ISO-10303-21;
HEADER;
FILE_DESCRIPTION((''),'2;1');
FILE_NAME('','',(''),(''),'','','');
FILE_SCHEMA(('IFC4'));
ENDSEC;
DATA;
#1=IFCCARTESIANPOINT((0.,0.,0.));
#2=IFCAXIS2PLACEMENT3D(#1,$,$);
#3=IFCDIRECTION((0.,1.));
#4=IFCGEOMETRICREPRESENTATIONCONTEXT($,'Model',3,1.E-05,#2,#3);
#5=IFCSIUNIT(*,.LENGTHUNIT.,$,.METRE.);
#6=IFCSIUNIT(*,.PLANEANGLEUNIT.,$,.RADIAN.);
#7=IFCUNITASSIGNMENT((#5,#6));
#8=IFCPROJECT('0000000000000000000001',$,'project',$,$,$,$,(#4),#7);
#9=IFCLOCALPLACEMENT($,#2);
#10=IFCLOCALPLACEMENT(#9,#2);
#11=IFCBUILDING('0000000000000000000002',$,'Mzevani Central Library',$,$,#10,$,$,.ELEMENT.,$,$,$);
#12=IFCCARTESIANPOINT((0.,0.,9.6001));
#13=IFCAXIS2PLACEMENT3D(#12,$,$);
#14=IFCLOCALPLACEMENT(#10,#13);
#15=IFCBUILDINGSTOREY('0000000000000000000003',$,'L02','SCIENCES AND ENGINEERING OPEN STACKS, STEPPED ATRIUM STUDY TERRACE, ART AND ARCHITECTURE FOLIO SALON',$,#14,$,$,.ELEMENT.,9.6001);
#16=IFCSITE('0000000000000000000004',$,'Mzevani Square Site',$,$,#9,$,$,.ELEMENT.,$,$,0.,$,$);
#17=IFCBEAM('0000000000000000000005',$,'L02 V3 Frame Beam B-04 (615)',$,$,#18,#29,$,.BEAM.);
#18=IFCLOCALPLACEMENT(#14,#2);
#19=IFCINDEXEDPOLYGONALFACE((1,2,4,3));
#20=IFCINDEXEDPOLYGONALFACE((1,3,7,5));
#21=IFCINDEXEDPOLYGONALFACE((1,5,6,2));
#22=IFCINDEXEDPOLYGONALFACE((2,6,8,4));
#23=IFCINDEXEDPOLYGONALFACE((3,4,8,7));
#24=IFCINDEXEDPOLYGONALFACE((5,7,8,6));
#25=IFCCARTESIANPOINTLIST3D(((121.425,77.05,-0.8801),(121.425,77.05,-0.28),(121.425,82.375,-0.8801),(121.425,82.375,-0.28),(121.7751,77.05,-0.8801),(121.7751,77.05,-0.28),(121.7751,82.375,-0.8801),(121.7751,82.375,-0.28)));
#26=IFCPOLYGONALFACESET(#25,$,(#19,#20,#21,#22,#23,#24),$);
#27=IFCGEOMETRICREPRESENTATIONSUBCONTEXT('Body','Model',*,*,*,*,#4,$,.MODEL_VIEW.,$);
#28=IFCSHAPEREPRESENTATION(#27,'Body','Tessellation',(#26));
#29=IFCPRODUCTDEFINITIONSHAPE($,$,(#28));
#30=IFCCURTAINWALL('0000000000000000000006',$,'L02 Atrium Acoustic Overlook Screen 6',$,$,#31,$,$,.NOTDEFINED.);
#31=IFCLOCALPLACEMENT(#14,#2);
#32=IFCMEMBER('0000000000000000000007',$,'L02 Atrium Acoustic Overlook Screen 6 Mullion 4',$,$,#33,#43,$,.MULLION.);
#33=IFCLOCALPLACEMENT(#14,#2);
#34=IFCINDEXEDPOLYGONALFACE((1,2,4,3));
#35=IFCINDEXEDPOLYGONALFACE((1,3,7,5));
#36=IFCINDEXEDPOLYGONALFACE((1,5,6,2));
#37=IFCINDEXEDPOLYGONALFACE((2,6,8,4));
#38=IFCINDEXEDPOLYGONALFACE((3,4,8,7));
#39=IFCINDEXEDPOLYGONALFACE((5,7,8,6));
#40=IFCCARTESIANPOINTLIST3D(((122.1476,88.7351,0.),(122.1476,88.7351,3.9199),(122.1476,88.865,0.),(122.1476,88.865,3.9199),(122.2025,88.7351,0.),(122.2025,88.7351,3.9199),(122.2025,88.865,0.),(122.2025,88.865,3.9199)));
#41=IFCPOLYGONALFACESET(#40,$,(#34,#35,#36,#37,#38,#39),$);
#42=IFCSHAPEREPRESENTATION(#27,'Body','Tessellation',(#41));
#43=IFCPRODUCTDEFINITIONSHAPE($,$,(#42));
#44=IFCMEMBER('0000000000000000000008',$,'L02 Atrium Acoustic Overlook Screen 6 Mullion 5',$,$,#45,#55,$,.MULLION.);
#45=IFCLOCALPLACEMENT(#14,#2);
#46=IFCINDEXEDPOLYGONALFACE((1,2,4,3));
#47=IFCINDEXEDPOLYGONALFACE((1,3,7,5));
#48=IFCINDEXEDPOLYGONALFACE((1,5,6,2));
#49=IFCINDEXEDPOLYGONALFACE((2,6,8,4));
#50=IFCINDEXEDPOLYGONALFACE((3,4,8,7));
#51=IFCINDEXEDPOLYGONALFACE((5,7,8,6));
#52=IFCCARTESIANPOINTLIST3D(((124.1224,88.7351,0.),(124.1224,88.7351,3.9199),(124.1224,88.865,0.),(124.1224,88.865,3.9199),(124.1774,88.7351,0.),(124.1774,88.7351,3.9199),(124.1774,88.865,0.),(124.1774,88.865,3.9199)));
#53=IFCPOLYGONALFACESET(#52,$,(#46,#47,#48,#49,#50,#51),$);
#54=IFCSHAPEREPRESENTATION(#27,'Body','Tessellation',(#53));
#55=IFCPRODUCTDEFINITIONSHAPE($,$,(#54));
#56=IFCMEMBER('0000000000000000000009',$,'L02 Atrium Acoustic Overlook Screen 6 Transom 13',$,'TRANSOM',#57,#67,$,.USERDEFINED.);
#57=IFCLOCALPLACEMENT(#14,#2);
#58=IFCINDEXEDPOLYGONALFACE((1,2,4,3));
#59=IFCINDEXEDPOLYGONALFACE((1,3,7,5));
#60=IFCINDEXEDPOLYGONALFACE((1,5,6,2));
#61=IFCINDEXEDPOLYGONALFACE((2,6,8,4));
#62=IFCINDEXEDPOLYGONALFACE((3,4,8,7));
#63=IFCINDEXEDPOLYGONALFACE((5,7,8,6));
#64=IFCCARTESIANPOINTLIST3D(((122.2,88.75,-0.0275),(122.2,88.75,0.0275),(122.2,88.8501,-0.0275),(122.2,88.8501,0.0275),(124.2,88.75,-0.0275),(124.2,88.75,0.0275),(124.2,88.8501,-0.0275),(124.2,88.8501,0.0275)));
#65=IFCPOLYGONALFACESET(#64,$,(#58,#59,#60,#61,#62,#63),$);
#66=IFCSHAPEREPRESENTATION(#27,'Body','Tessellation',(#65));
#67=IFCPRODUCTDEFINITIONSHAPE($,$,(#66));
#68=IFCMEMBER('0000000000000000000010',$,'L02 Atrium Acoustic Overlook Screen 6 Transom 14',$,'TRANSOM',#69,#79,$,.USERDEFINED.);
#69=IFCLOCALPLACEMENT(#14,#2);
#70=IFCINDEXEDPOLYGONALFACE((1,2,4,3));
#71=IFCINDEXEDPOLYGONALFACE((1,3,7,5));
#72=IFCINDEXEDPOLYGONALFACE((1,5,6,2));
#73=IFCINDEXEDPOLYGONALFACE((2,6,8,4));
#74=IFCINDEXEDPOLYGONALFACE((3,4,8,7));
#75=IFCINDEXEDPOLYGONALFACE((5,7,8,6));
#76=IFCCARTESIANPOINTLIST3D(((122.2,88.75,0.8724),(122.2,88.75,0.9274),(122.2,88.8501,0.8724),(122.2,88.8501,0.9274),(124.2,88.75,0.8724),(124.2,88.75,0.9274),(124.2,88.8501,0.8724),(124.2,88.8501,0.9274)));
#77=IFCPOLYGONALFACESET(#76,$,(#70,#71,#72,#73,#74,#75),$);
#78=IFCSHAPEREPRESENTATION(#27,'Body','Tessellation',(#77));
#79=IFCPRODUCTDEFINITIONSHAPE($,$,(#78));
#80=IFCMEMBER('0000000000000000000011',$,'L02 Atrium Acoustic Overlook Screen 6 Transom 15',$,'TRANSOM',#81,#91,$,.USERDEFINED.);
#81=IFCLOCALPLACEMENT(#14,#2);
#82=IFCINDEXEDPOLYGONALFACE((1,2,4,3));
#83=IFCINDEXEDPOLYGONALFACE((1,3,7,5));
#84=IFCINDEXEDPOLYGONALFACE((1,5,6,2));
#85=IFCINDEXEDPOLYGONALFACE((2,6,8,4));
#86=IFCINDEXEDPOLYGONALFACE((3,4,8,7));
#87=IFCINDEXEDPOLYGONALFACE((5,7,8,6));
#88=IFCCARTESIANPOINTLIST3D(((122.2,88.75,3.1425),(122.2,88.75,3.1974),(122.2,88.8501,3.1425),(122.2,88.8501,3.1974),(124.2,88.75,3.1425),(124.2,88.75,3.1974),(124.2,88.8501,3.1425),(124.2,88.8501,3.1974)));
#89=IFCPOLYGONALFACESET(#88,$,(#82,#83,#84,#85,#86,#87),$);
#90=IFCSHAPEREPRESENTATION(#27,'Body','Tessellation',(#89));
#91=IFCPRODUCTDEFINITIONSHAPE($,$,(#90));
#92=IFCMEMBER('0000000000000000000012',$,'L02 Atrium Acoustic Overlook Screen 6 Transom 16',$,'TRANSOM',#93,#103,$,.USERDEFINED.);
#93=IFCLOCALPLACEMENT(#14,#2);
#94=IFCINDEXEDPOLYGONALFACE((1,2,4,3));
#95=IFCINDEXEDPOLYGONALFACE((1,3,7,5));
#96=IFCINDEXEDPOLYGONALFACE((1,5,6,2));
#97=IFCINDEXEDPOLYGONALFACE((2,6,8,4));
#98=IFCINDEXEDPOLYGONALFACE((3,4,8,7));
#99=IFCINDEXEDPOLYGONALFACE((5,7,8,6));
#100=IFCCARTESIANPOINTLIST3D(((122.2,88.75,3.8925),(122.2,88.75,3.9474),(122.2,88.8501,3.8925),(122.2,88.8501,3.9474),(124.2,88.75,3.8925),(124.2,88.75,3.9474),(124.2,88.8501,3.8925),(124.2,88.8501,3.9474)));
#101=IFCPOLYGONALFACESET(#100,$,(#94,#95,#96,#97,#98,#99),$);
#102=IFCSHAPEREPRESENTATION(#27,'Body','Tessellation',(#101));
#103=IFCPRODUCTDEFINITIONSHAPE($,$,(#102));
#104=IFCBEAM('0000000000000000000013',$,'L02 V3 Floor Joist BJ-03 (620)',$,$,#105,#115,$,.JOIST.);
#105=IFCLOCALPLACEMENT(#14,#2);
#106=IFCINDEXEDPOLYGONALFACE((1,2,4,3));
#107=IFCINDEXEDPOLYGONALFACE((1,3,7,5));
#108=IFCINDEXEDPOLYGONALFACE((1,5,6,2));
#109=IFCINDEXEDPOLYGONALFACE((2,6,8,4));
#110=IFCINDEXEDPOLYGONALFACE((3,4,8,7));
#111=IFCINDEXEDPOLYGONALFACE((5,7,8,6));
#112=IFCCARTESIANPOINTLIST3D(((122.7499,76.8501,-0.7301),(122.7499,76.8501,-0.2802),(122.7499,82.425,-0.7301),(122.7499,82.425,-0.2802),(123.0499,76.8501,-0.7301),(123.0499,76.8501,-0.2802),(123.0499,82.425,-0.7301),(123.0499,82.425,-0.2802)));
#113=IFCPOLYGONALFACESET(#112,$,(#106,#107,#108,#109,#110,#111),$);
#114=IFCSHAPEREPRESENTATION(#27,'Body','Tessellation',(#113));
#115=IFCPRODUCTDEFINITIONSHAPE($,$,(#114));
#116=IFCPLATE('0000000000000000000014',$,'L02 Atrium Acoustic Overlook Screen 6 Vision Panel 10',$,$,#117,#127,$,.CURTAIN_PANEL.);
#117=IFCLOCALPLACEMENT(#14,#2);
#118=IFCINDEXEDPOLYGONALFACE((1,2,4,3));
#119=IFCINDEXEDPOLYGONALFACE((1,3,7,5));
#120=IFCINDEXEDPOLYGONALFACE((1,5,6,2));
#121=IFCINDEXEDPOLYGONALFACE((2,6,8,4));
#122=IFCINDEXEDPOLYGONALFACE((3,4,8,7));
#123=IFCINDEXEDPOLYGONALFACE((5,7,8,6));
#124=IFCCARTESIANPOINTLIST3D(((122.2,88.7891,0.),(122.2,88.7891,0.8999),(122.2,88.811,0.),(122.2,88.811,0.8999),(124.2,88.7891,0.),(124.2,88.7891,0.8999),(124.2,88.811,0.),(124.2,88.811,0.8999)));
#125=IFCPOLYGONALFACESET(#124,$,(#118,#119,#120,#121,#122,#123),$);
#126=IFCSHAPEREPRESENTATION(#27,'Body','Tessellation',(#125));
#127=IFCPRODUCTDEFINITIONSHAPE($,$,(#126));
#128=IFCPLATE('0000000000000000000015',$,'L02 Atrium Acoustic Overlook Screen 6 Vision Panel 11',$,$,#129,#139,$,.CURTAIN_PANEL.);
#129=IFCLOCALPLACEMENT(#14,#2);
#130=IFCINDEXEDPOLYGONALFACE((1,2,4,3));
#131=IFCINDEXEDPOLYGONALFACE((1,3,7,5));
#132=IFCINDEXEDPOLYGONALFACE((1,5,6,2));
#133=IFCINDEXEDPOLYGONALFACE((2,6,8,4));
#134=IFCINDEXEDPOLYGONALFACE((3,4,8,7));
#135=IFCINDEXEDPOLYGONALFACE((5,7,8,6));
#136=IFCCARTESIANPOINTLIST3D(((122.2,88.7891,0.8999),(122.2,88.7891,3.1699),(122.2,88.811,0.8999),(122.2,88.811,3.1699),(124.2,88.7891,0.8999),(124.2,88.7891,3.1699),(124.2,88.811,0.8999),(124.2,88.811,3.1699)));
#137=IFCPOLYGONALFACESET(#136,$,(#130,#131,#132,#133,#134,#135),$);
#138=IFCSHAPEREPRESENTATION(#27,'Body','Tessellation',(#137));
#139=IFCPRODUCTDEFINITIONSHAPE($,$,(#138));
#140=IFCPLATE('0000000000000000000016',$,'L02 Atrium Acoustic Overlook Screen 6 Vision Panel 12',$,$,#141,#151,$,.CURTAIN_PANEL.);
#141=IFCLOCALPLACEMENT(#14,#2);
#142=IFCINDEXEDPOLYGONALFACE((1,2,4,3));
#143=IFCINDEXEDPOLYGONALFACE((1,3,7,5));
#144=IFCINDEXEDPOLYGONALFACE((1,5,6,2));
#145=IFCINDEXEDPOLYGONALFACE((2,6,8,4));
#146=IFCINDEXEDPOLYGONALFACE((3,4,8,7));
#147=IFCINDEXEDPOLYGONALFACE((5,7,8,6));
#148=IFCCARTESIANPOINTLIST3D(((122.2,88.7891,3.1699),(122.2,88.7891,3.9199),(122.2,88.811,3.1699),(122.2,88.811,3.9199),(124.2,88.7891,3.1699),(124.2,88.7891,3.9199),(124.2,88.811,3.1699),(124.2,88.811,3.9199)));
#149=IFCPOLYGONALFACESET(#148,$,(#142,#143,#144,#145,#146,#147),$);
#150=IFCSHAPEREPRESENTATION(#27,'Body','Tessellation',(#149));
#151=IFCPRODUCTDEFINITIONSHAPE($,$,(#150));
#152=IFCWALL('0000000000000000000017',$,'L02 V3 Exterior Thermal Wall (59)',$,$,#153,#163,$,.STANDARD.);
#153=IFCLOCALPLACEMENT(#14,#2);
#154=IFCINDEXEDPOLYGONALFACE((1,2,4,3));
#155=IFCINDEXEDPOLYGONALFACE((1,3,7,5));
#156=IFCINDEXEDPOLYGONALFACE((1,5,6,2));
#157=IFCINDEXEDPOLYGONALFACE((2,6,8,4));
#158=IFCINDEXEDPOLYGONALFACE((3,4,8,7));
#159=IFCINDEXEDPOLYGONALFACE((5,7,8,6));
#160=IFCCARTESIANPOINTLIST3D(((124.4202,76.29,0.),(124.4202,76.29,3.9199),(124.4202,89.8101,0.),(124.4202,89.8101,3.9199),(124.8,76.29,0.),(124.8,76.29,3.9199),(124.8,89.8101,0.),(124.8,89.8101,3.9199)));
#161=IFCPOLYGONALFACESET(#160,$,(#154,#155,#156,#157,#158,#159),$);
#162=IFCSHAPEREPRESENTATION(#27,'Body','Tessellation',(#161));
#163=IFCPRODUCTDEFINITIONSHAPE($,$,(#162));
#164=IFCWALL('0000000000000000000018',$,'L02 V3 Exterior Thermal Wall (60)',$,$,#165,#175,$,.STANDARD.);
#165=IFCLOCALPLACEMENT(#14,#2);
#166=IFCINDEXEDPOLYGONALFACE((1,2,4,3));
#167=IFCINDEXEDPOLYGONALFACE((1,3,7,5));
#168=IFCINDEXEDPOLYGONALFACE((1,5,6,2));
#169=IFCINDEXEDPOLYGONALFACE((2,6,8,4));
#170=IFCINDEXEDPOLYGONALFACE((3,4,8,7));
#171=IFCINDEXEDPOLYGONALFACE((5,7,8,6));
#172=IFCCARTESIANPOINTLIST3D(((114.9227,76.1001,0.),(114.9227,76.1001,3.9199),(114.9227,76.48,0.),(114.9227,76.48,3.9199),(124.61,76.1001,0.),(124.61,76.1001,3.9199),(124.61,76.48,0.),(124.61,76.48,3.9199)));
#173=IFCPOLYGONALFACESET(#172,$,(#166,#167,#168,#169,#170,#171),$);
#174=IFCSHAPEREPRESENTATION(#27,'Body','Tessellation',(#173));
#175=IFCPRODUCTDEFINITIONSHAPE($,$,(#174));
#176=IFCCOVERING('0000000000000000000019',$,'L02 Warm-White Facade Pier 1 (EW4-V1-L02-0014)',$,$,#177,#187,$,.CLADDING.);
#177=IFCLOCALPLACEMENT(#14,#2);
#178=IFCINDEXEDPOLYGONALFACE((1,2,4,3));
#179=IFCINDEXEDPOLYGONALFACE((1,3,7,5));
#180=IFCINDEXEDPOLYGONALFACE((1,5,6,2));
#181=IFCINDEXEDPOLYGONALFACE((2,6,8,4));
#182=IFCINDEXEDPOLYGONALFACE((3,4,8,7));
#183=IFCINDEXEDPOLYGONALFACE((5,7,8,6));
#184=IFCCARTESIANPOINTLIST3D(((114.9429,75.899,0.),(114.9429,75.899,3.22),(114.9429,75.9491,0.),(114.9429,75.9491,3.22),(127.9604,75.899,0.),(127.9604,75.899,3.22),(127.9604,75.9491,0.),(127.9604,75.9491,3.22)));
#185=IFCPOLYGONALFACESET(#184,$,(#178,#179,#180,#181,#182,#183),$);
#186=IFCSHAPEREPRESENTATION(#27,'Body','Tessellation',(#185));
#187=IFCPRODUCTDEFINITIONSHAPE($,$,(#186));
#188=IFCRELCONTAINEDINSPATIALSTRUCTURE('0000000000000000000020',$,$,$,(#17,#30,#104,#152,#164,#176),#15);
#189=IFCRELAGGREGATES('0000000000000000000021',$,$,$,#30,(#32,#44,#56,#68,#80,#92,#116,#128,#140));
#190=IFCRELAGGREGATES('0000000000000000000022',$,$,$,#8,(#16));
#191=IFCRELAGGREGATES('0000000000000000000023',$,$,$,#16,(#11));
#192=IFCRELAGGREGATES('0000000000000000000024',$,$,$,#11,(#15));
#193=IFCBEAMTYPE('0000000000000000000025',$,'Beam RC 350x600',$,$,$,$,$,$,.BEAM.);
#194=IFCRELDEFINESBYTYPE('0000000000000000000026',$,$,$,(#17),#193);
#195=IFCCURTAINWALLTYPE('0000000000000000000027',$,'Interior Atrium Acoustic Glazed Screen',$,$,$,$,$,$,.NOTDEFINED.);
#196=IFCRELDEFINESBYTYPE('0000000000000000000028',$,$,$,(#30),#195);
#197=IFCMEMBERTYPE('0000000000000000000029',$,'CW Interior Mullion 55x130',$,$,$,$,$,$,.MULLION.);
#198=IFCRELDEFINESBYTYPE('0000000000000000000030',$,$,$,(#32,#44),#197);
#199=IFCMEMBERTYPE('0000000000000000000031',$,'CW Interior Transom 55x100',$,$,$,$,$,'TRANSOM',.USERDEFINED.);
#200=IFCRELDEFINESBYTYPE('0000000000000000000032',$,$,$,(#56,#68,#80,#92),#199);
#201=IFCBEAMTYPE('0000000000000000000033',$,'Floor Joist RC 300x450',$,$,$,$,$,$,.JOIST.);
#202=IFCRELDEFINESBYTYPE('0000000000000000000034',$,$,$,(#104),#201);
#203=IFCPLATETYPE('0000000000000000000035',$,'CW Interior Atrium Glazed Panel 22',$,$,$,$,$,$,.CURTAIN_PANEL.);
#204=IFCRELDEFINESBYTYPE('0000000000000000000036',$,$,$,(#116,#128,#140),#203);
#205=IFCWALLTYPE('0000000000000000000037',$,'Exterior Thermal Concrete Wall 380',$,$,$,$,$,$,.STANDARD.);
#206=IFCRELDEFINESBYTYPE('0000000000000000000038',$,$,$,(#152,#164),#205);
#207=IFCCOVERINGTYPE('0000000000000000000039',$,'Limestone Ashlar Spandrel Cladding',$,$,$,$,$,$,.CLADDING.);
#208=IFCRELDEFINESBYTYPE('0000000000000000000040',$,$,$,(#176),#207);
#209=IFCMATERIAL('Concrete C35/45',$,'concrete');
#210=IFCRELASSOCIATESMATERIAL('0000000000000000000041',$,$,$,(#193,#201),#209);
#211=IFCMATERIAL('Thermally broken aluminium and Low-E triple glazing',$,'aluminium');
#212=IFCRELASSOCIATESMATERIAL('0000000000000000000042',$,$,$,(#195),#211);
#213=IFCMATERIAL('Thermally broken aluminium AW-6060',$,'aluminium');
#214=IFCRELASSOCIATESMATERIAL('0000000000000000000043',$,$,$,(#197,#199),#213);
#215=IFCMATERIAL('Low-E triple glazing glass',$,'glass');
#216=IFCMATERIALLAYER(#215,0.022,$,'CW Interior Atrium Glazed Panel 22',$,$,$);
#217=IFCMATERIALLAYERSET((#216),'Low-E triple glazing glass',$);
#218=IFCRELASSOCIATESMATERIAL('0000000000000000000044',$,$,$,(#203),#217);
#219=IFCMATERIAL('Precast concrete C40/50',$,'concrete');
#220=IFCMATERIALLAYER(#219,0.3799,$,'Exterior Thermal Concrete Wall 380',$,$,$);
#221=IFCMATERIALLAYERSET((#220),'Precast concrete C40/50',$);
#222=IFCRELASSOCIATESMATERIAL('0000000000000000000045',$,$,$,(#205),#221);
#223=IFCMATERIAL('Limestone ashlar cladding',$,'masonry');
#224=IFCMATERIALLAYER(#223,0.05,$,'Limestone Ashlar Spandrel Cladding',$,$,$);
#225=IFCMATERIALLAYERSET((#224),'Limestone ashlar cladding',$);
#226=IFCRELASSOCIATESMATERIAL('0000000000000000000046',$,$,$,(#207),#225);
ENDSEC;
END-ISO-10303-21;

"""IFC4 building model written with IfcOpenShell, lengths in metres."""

from ifc_helpers import new_model, si_unit, direction, frame, frame_2d, origin, origin_2d, place, context, subcontext, project, spatial, rectangle, extrude, material, layer, layer_set, material_profile, profile_set, type_object, element, aggregate, save


model = new_model("IFC4")

# Units and contexts
model_context = context("Model", 3, precision=1e-05, world=origin(), true_north=direction((0.0, 1.0)))
body_context = subcontext(model_context, "Body", "Model", "MODEL_VIEW")
ifc_project = project(units=[si_unit("LENGTHUNIT", "METRE"), si_unit("PLANEANGLEUNIT", "RADIAN")], contexts=[model_context])

# Site, building, storey
site_placement = place(None, origin())
site = spatial("IfcSite", under=ifc_project, at=site_placement, Name="Mzevani Square Site", CompositionType="ELEMENT", RefElevation=0.0)
building_placement = place(site_placement, origin())
building = spatial("IfcBuilding", under=site, at=building_placement, Name="Mzevani Central Library", CompositionType="ELEMENT")
storey_placement = place(building_placement, frame((0.0, 0.0, 9.6001)))
storey = spatial("IfcBuildingStorey", under=building, at=storey_placement, Name="L02", Description="SCIENCES AND ENGINEERING OPEN STACKS, STEPPED ATRIUM STUDY TERRACE, ART AND ARCHITECTURE FOLIO SALON", CompositionType="ELEMENT", Elevation=9.6001)

# Beam
ifc_material_1 = material(Name="Concrete C35/45", Category="concrete")
ifc_material_profile_1 = material_profile(ifc_material_1, rectangle(XDim=0.3501, YDim=0.6001, at=origin_2d()), Name="RC B350x600")
ifc_profile_set_1 = profile_set([ifc_material_profile_1], Name="Concrete C35/45")
beam_type_1 = type_object("IfcBeamType", Name="Beam RC 350x600", PredefinedType="BEAM", material=ifc_profile_set_1)
beam_1_placement = place(storey_placement, frame((121.6001, 77.05, -0.5801), z_axis=(0.0, 1.0, 0.0), x_axis=(-1.0, 0.0, 0.0)))
element("IfcBeam", 1, at=beam_1_placement, inside=storey, type_object=beam_type_1, Name="L02 V3 Frame Beam B-04 (615)", PredefinedType="BEAM", context=body_context, shape_type="SweptSolid", body=[
    extrude(rectangle(XDim=0.3501, YDim=0.6001, at=origin_2d()), origin(), (0.0, 0.0, 1.0), 5.325),
])

# Curtain wall, members
ifc_material_2 = material(Name="Thermally broken aluminium and Low-E triple glazing", Category="aluminium")
curtain_wall_type = type_object("IfcCurtainWallType", Name="Interior Atrium Acoustic Glazed Screen", PredefinedType="NOTDEFINED", material=ifc_material_2)
curtain_wall_placement = place(storey_placement, origin())
curtain_wall = element("IfcCurtainWall", 2, at=curtain_wall_placement, inside=storey, type_object=curtain_wall_type, Name="L02 Atrium Acoustic Overlook Screen 6", PredefinedType="NOTDEFINED")
ifc_material_3 = material(Name="Thermally broken aluminium AW-6060", Category="aluminium")
ifc_material_profile_2 = material_profile(ifc_material_3, rectangle(XDim=0.0549, YDim=0.1299, at=origin_2d()), Name="ALU M55x130")
ifc_profile_set_2 = profile_set([ifc_material_profile_2], Name="Thermally broken aluminium AW-6060")
member_type_1 = type_object("IfcMemberType", Name="CW Interior Mullion 55x130", PredefinedType="MULLION", material=ifc_profile_set_2)
member_1_placement = place(storey_placement, frame((122.175, 88.8, 0.0), z_axis=(0.0, 0.0, 1.0), x_axis=(1.0, 0.0, 0.0)))
member_1 = element("IfcMember", 3, at=member_1_placement, type_object=member_type_1, Name="L02 Atrium Acoustic Overlook Screen 6 Mullion 4", PredefinedType="MULLION", context=body_context, shape_type="SweptSolid", body=[
    extrude(rectangle(XDim=0.0549, YDim=0.1299, at=origin_2d()), origin(), (0.0, 0.0, 1.0), 3.9199),
])
member_2_placement = place(storey_placement, frame((124.1499, 88.8, 0.0), z_axis=(0.0, 0.0, 1.0), x_axis=(1.0, 0.0, 0.0)))
member_2 = element("IfcMember", 4, at=member_2_placement, type_object=member_type_1, Name="L02 Atrium Acoustic Overlook Screen 6 Mullion 5", PredefinedType="MULLION", context=body_context, shape_type="SweptSolid", body=[
    extrude(rectangle(XDim=0.0549, YDim=0.1299, at=origin_2d()), origin(), (0.0, 0.0, 1.0), 3.9199),
])
ifc_material_profile_3 = material_profile(ifc_material_3, rectangle(XDim=0.1001, YDim=0.0549, at=origin_2d()), Name="ALU T55x100")
ifc_profile_set_3 = profile_set([ifc_material_profile_3], Name="Thermally broken aluminium AW-6060")
member_type_2 = type_object("IfcMemberType", Name="CW Interior Transom 55x100", ElementType="TRANSOM", PredefinedType="USERDEFINED", material=ifc_profile_set_3)
member_3_placement = place(storey_placement, frame((122.2, 88.8, 0.0), z_axis=(1.0, 0.0, 0.0), x_axis=(0.0, 1.0, 0.0)))
member_3 = element("IfcMember", 5, at=member_3_placement, type_object=member_type_2, Name="L02 Atrium Acoustic Overlook Screen 6 Transom 13", ObjectType="TRANSOM", PredefinedType="USERDEFINED", context=body_context, shape_type="SweptSolid", body=[
    extrude(rectangle(XDim=0.1001, YDim=0.0549, at=origin_2d()), origin(), (0.0, 0.0, 1.0), 2.0),
])
member_4_placement = place(storey_placement, frame((122.2, 88.8, 0.8999), z_axis=(1.0, 0.0, 0.0), x_axis=(0.0, 1.0, 0.0)))
member_4 = element("IfcMember", 6, at=member_4_placement, type_object=member_type_2, Name="L02 Atrium Acoustic Overlook Screen 6 Transom 14", ObjectType="TRANSOM", PredefinedType="USERDEFINED", context=body_context, shape_type="SweptSolid", body=[
    extrude(rectangle(XDim=0.1001, YDim=0.0549, at=origin_2d()), origin(), (0.0, 0.0, 1.0), 2.0),
])
member_5_placement = place(storey_placement, frame((122.2, 88.8, 3.1699), z_axis=(1.0, 0.0, 0.0), x_axis=(0.0, 1.0, 0.0)))
member_5 = element("IfcMember", 7, at=member_5_placement, type_object=member_type_2, Name="L02 Atrium Acoustic Overlook Screen 6 Transom 15", ObjectType="TRANSOM", PredefinedType="USERDEFINED", context=body_context, shape_type="SweptSolid", body=[
    extrude(rectangle(XDim=0.1001, YDim=0.0549, at=origin_2d()), origin(), (0.0, 0.0, 1.0), 2.0),
])
member_6_placement = place(storey_placement, frame((122.2, 88.8, 3.9199), z_axis=(1.0, 0.0, 0.0), x_axis=(0.0, 1.0, 0.0)))
member_6 = element("IfcMember", 8, at=member_6_placement, type_object=member_type_2, Name="L02 Atrium Acoustic Overlook Screen 6 Transom 16", ObjectType="TRANSOM", PredefinedType="USERDEFINED", context=body_context, shape_type="SweptSolid", body=[
    extrude(rectangle(XDim=0.1001, YDim=0.0549, at=origin_2d()), origin(), (0.0, 0.0, 1.0), 2.0),
])

# Beam
ifc_material_profile_4 = material_profile(ifc_material_1, rectangle(XDim=0.3, YDim=0.45, at=origin_2d()), Name="RC J300x450")
ifc_profile_set_4 = profile_set([ifc_material_profile_4], Name="Concrete C35/45")
beam_type_2 = type_object("IfcBeamType", Name="Floor Joist RC 300x450", PredefinedType="JOIST", material=ifc_profile_set_4)
beam_2_placement = place(storey_placement, frame((122.8999, 76.8501, -0.5051), z_axis=(0.0, 1.0, 0.0), x_axis=(-1.0, 0.0, 0.0)))
element("IfcBeam", 9, at=beam_2_placement, inside=storey, type_object=beam_type_2, Name="L02 V3 Floor Joist BJ-03 (620)", PredefinedType="JOIST", context=body_context, shape_type="SweptSolid", body=[
    extrude(rectangle(XDim=0.3, YDim=0.45, at=origin_2d()), origin(), (0.0, 0.0, 1.0), 5.575),
])

# Plates
ifc_material_4 = material(Name="Low-E triple glazing glass", Category="glass")
ifc_layer_1 = layer(ifc_material_4, 0.022, Name="CW Interior Atrium Glazed Panel 22")
ifc_layer_set_1 = layer_set([ifc_layer_1], Name="Low-E triple glazing glass")
plate_type = type_object("IfcPlateType", Name="CW Interior Atrium Glazed Panel 22", PredefinedType="CURTAIN_PANEL", material=ifc_layer_set_1)
plate_1_placement = place(storey_placement, frame((123.2, 88.8, 0.0), z_axis=(0.0, 0.0, 1.0), x_axis=(1.0, 0.0, 0.0)))
plate_1 = element("IfcPlate", 10, at=plate_1_placement, type_object=plate_type, Name="L02 Atrium Acoustic Overlook Screen 6 Vision Panel 10", PredefinedType="CURTAIN_PANEL", context=body_context, shape_type="SweptSolid", body=[
    extrude(rectangle(XDim=2.0, YDim=0.022, at=origin_2d()), origin(), (0.0, 0.0, 1.0), 0.8999),
])
plate_2_placement = place(storey_placement, frame((123.2, 88.8, 0.8999), z_axis=(0.0, 0.0, 1.0), x_axis=(1.0, 0.0, 0.0)))
plate_2 = element("IfcPlate", 11, at=plate_2_placement, type_object=plate_type, Name="L02 Atrium Acoustic Overlook Screen 6 Vision Panel 11", PredefinedType="CURTAIN_PANEL", context=body_context, shape_type="SweptSolid", body=[
    extrude(rectangle(XDim=2.0, YDim=0.022, at=origin_2d()), origin(), (0.0, 0.0, 1.0), 2.27),
])
plate_3_placement = place(storey_placement, frame((123.2, 88.8, 3.1699), z_axis=(0.0, 0.0, 1.0), x_axis=(1.0, 0.0, 0.0)))
plate_3 = element("IfcPlate", 12, at=plate_3_placement, type_object=plate_type, Name="L02 Atrium Acoustic Overlook Screen 6 Vision Panel 12", PredefinedType="CURTAIN_PANEL", context=body_context, shape_type="SweptSolid", body=[
    extrude(rectangle(XDim=2.0, YDim=0.022, at=origin_2d()), origin(), (0.0, 0.0, 1.0), 0.75),
])
aggregate(curtain_wall, [member_1, member_2, member_3, member_4, member_5, member_6, plate_1, plate_2, plate_3])

# Walls
ifc_material_5 = material(Name="Precast concrete C40/50", Category="concrete")
ifc_layer_2 = layer(ifc_material_5, 0.3799, Name="Exterior Thermal Concrete Wall 380")
ifc_layer_set_2 = layer_set([ifc_layer_2], Name="Precast concrete C40/50")
wall_type = type_object("IfcWallType", Name="Exterior Thermal Concrete Wall 380", PredefinedType="STANDARD", material=ifc_layer_set_2)
wall_1_placement = place(storey_placement, frame((124.6101, 89.8101, 0.0), z_axis=(0.0, 0.0, 1.0), x_axis=(0.0, -1.0, 0.0)))
element("IfcWall", 13, at=wall_1_placement, inside=storey, type_object=wall_type, Name="L02 V3 Exterior Thermal Wall (59)", PredefinedType="STANDARD", context=body_context, shape_type="SweptSolid", body=[
    extrude(rectangle(XDim=13.52, YDim=0.3799, at=frame_2d((6.76, 0.0))), origin(), (0.0, 0.0, 1.0), 3.9199),
])
wall_2_placement = place(storey_placement, frame((124.6101, 76.29, 0.0), z_axis=(0.0, 0.0, 1.0), x_axis=(-1.0, 0.0, 0.0)))
element("IfcWall", 14, at=wall_2_placement, inside=storey, type_object=wall_type, Name="L02 V3 Exterior Thermal Wall (60)", PredefinedType="STANDARD", context=body_context, shape_type="SweptSolid", body=[
    extrude(rectangle(XDim=9.6873, YDim=0.3799, at=frame_2d((4.8438, 0.0))), origin(), (0.0, 0.0, 1.0), 3.9199),
])

# Covering
ifc_material_6 = material(Name="Limestone ashlar cladding", Category="masonry")
ifc_layer_3 = layer(ifc_material_6, 0.05, Name="Limestone Ashlar Spandrel Cladding")
ifc_layer_set_3 = layer_set([ifc_layer_3], Name="Limestone ashlar cladding")
covering_type = type_object("IfcCoveringType", Name="Limestone Ashlar Spandrel Cladding", PredefinedType="CLADDING", material=ifc_layer_set_3)
covering_placement = place(storey_placement, frame((121.4517, 75.9241, 0.0), z_axis=(0.0, 0.0, 1.0), x_axis=(1.0, 0.0, 0.0)))
element("IfcCovering", 15, at=covering_placement, inside=storey, type_object=covering_type, Name="L02 Warm-White Facade Pier 1 (EW4-V1-L02-0014)", PredefinedType="CLADDING", context=body_context, shape_type="SweptSolid", body=[
    extrude(rectangle(XDim=13.0176, YDim=0.05, at=origin_2d()), origin(), (0.0, 0.0, 1.0), 3.22),
])

save(model, "model.ifc")
